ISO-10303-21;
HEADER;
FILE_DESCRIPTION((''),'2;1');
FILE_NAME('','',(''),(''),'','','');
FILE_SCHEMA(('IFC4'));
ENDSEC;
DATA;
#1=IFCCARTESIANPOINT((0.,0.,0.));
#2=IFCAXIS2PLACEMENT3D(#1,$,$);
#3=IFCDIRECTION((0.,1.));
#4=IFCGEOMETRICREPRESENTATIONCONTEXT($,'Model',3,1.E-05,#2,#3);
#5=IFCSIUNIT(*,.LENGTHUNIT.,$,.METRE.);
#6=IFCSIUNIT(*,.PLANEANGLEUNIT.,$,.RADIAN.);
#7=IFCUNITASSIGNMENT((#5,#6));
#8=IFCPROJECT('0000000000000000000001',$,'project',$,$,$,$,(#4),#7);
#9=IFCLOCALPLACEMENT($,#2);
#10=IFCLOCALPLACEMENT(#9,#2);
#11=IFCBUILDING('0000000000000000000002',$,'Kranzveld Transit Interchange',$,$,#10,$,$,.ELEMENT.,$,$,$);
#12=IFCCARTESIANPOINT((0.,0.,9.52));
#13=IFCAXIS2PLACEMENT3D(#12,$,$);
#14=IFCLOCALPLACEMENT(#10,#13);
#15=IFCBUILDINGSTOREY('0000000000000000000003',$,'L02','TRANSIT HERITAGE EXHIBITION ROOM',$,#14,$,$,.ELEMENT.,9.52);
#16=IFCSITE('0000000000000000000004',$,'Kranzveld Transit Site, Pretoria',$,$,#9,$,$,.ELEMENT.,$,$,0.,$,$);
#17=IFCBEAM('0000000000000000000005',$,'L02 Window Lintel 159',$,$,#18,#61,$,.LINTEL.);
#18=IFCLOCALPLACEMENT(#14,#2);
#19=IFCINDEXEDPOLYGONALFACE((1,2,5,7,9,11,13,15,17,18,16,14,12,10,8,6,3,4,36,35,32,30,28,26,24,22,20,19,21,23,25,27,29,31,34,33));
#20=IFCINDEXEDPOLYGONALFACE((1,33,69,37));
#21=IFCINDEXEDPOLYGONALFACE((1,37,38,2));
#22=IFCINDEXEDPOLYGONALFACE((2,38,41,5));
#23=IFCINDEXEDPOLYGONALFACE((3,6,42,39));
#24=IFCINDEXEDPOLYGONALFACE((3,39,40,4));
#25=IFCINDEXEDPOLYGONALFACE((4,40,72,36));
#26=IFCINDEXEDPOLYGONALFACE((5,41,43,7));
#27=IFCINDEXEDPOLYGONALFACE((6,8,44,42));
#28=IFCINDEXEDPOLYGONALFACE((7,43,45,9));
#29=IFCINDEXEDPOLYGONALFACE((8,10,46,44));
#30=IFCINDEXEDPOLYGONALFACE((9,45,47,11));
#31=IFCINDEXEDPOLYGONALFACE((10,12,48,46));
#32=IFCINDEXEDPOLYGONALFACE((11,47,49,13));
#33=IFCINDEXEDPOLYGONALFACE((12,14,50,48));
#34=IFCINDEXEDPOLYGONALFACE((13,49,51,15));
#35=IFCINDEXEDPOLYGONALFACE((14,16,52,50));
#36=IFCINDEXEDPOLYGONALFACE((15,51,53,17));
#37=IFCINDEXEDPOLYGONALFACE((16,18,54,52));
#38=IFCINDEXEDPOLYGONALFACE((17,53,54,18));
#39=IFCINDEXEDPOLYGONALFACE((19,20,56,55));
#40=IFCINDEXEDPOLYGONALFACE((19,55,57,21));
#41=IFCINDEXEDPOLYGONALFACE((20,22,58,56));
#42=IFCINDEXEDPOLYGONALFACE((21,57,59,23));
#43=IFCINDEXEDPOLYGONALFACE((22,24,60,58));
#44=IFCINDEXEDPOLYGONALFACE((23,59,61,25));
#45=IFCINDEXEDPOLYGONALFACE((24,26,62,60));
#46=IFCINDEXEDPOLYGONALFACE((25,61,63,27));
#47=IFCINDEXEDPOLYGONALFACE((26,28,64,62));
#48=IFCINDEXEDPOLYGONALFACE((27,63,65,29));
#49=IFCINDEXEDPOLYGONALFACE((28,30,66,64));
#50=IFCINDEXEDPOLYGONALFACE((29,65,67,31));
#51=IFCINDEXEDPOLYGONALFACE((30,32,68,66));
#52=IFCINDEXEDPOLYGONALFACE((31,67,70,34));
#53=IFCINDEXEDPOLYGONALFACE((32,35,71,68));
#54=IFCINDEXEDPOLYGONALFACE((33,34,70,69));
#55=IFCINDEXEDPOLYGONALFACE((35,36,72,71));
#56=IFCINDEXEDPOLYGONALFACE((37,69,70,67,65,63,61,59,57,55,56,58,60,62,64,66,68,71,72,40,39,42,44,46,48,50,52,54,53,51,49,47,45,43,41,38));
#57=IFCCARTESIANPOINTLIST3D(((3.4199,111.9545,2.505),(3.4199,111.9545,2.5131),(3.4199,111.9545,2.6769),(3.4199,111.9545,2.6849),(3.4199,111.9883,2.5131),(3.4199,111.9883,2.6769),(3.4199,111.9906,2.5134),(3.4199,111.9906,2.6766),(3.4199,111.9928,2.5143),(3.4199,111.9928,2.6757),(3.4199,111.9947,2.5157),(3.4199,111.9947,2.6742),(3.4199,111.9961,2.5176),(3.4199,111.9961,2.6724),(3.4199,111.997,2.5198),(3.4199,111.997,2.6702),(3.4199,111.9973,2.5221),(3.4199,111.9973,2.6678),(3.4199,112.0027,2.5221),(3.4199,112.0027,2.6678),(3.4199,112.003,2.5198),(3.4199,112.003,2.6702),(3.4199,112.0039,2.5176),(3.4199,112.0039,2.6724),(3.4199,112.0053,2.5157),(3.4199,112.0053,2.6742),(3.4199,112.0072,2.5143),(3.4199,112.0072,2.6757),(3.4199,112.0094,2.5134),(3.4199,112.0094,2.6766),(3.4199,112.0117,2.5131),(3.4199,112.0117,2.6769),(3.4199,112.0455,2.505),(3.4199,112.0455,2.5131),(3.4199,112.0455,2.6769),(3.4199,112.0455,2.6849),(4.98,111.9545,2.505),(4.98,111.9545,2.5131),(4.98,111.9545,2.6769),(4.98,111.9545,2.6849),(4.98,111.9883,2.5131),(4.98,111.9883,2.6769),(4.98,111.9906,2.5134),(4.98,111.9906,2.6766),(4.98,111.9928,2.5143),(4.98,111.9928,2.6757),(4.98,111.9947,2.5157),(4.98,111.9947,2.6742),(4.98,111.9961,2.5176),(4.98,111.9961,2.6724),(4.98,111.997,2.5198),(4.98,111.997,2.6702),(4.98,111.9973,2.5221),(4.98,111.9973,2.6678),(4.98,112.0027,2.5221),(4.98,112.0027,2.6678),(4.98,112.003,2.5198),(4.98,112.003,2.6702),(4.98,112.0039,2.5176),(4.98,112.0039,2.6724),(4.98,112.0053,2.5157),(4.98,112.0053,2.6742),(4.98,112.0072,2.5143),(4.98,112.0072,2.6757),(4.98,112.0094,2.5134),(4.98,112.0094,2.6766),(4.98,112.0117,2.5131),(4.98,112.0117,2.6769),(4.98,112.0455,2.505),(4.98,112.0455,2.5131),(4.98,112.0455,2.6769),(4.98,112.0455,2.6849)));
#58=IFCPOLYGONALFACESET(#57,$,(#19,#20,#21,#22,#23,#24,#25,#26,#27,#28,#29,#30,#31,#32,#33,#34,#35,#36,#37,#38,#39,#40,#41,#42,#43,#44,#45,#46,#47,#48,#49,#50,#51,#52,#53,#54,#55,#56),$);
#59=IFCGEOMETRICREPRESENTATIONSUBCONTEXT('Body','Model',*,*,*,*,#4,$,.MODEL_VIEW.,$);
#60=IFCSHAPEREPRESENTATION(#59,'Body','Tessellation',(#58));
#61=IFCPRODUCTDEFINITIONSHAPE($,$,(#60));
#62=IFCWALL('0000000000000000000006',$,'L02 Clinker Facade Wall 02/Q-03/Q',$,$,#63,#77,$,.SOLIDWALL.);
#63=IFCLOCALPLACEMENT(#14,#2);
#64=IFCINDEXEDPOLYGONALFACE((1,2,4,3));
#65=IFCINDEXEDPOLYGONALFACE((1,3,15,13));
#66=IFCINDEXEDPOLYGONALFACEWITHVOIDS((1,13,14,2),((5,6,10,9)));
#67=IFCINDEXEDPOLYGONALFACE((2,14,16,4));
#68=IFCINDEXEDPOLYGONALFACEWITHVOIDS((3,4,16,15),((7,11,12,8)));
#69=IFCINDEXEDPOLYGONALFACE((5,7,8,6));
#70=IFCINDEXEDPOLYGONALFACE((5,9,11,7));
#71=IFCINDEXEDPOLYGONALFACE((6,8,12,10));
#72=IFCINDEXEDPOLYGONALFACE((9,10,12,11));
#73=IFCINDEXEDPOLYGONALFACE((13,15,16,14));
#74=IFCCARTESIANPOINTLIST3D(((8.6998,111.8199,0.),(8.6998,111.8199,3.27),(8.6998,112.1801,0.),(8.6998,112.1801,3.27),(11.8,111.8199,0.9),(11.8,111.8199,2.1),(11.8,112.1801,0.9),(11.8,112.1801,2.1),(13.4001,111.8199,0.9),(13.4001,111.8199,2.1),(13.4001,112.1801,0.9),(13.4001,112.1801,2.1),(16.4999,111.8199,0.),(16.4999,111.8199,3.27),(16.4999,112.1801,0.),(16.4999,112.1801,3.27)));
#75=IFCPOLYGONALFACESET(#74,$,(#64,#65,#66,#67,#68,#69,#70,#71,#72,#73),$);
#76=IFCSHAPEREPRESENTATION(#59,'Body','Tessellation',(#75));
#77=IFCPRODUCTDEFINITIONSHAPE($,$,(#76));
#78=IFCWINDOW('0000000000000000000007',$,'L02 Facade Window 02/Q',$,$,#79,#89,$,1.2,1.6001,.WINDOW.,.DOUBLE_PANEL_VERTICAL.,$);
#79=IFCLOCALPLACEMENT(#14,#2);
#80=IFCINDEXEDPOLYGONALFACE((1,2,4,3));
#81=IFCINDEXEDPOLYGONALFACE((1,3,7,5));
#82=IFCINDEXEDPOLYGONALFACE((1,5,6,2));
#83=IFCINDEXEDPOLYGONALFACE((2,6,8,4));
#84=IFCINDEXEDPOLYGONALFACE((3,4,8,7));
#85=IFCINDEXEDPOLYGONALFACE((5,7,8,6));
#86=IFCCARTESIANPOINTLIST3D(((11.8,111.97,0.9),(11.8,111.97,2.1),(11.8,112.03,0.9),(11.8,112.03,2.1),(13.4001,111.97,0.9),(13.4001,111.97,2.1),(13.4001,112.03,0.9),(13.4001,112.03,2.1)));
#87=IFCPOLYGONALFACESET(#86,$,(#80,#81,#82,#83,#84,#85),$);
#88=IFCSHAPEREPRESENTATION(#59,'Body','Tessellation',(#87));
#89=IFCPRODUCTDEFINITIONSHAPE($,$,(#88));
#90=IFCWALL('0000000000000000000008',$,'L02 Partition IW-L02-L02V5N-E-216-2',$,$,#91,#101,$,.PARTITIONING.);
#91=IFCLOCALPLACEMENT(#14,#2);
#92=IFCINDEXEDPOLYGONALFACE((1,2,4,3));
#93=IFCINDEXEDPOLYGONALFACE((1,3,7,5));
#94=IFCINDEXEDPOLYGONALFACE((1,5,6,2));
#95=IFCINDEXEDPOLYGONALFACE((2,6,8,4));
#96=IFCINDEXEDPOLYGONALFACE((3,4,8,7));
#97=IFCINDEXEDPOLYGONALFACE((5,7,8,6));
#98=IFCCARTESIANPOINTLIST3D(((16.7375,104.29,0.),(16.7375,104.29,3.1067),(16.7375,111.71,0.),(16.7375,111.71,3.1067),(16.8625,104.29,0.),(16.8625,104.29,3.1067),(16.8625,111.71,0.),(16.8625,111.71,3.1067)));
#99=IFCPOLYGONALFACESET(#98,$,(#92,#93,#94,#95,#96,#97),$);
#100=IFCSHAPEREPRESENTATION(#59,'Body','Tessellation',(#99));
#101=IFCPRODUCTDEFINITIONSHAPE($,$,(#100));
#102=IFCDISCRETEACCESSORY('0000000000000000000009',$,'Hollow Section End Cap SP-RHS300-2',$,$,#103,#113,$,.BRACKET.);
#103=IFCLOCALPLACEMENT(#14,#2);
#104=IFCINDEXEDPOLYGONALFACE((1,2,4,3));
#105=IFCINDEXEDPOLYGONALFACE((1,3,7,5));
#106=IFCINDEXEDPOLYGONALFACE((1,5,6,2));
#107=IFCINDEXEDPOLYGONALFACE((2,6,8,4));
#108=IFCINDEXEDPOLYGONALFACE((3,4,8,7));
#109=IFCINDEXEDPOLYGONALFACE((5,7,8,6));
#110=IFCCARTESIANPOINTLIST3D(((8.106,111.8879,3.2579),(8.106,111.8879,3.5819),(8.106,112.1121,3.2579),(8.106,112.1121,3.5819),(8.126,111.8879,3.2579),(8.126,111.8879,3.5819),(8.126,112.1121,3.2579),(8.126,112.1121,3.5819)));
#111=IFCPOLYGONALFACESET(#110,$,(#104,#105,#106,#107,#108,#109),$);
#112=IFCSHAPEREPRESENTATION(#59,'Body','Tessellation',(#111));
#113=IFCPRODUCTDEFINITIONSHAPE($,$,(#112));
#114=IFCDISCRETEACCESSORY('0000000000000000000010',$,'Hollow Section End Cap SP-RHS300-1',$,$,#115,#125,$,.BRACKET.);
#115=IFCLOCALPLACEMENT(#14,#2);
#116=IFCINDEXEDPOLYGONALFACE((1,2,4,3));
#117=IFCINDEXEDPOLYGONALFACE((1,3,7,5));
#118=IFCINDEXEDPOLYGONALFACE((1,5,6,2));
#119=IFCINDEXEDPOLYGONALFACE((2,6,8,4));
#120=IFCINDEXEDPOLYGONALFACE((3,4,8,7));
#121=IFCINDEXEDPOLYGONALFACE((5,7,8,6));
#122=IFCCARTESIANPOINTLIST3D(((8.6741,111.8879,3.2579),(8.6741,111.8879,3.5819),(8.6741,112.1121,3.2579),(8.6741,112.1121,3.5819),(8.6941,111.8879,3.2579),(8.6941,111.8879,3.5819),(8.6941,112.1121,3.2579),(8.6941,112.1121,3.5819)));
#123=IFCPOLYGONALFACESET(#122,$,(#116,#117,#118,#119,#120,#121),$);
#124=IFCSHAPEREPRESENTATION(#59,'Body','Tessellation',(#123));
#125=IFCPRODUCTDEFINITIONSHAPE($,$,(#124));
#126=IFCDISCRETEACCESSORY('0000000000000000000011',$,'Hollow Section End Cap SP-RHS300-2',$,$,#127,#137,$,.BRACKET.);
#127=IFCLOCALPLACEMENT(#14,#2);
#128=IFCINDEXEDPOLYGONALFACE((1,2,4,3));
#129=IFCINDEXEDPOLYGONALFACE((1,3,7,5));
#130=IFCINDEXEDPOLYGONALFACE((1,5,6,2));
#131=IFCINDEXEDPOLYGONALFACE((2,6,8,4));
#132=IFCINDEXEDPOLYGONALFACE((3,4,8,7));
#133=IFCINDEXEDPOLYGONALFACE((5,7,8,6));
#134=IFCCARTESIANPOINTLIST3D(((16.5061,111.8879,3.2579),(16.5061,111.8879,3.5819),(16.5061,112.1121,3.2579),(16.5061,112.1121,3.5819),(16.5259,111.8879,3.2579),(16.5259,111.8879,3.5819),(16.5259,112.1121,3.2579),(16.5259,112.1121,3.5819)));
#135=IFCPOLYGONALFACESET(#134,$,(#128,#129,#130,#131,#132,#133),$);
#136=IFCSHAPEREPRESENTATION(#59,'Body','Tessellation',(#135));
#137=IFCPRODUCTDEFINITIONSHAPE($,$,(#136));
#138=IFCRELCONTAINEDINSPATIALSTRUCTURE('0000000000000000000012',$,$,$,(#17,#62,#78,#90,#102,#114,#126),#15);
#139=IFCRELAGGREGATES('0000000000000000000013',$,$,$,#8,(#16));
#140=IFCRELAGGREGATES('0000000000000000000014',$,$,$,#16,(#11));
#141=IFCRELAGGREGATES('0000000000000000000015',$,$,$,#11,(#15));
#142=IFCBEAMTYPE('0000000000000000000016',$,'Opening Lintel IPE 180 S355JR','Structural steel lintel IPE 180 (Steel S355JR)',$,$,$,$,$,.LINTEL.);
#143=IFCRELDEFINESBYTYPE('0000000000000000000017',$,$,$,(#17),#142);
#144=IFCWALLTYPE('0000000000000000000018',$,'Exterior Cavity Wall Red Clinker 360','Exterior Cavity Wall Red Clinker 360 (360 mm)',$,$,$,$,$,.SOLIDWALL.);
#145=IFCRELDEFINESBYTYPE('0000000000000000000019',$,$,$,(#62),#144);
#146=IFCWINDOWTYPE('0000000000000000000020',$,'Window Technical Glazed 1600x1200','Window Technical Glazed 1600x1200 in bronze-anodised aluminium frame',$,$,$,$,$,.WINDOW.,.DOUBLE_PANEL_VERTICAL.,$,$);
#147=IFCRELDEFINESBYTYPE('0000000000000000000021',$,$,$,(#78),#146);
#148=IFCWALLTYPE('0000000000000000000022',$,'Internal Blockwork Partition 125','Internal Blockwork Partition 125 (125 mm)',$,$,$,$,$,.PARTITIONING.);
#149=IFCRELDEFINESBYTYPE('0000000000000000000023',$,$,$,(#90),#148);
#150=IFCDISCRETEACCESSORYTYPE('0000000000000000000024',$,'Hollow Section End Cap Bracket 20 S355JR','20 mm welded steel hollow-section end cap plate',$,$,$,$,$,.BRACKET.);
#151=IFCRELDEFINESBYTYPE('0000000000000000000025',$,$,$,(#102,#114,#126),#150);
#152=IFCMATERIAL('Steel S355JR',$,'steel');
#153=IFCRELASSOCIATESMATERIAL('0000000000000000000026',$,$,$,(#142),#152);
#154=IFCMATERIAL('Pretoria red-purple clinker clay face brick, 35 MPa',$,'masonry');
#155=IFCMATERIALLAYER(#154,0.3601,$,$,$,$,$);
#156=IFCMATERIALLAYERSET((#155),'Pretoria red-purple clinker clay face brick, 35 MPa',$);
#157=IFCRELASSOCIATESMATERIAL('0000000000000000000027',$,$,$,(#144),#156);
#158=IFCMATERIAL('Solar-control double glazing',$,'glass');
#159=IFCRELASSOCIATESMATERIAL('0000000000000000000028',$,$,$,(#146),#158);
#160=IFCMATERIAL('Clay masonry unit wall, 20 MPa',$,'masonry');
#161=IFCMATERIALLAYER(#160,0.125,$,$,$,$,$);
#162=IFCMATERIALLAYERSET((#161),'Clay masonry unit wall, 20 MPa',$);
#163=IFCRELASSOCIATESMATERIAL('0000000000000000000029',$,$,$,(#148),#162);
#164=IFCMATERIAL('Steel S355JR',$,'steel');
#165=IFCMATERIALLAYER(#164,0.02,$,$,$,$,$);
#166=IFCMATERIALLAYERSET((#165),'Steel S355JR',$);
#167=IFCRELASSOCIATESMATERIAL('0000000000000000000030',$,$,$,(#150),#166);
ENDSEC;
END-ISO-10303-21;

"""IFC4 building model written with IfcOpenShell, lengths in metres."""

from ifc_helpers import new_model, si_unit, direction, frame, frame_2d, origin, origin_2d, place, context, subcontext, project, spatial, rectangle, i_section, extrude, material, layer, layer_set, material_profile, profile_set, type_object, element, fill, save


model = new_model("IFC4")

# Units and contexts
model_context = context("Model", 3, precision=1e-05, world=origin(), true_north=direction((0.0, 1.0)))
body_context = subcontext(model_context, "Body", "Model", "MODEL_VIEW")
ifc_project = project(units=[si_unit("LENGTHUNIT", "METRE"), si_unit("PLANEANGLEUNIT", "RADIAN")], contexts=[model_context])

# Site, building, storey
site_placement = place(None, origin())
site = spatial("IfcSite", under=ifc_project, at=site_placement, Name="Kranzveld Transit Site, Pretoria", CompositionType="ELEMENT", RefElevation=0.0)
building_placement = place(site_placement, origin())
building = spatial("IfcBuilding", under=site, at=building_placement, Name="Kranzveld Transit Interchange", CompositionType="ELEMENT")
storey_placement = place(building_placement, frame((0.0, 0.0, 9.52)))
storey = spatial("IfcBuildingStorey", under=building, at=storey_placement, Name="L02", Description="TRANSIT HERITAGE EXHIBITION ROOM", CompositionType="ELEMENT", Elevation=9.52)

# Beam
ifc_material_1 = material(Name="Steel S355JR", Category="steel")
ifc_material_profile_1 = material_profile(ifc_material_1, i_section(OverallWidth=0.0911, OverallDepth=0.1799, WebThickness=0.0054, FlangeThickness=0.0081, FilletRadius=0.009, at=origin_2d()), Name="IPE 180")
ifc_profile_set_1 = profile_set([ifc_material_profile_1], Name="Steel S355JR")
beam_type_1 = type_object("IfcBeamType", Name="Opening Lintel IPE 180 S355JR", Description="Structural steel lintel IPE 180 (Steel S355JR)", PredefinedType="LINTEL", material=ifc_profile_set_1)
beam_1_placement = place(storey_placement, frame((3.4199, 112.0, 2.595), z_axis=(1.0, 0.0, 0.0), x_axis=(0.0, 1.0, 0.0)))
element("IfcBeam", 1, at=beam_1_placement, inside=storey, type_object=beam_type_1, Name="L02 Window Lintel 159", PredefinedType="LINTEL", context=body_context, shape_type="SweptSolid", body=[
    extrude(i_section(OverallWidth=0.0911, OverallDepth=0.1799, WebThickness=0.0054, FlangeThickness=0.0081, FilletRadius=0.009, at=origin_2d()), origin(), (0.0, 0.0, 1.0), 1.5601),
])

# Wall, opening, window
ifc_material_2 = material(Name="Pretoria red-purple clinker clay face brick, 35 MPa", Category="masonry")
ifc_layer_1 = layer(ifc_material_2, 0.3601)
ifc_layer_set_1 = layer_set([ifc_layer_1], Name="Pretoria red-purple clinker clay face brick, 35 MPa")
wall_type_1 = type_object("IfcWallType", Name="Exterior Cavity Wall Red Clinker 360", Description="Exterior Cavity Wall Red Clinker 360 (360 mm)", PredefinedType="SOLIDWALL", material=ifc_layer_set_1)
wall_1_placement = place(storey_placement, frame((8.7, 112.0, 0.0), z_axis=(0.0, 0.0, 1.0), x_axis=(1.0, 0.0, 0.0)))
wall_1 = element("IfcWall", 2, at=wall_1_placement, inside=storey, type_object=wall_type_1, Name="L02 Clinker Facade Wall 02/Q-03/Q", PredefinedType="SOLIDWALL", context=body_context, shape_type="SweptSolid", body=[
    extrude(rectangle(XDim=7.8, YDim=0.3601, at=frame_2d((3.8999, 0.0))), origin(), (0.0, 0.0, 1.0), 3.27),
])
opening_placement = place(wall_1_placement, frame((3.1001, 0.0, 0.8999), z_axis=(0.0, 0.0, 1.0), x_axis=(1.0, 0.0, 0.0)))
opening = element("IfcOpeningElement", 3, at=opening_placement, cuts=wall_1, PredefinedType="OPENING", context=body_context, shape_type="SweptSolid", body=[
    extrude(rectangle(XDim=1.6001, YDim=1.2, at=frame_2d((0.8, 0.6001))), frame((0.0, 0.1899, 0.0), z_axis=(0.0, -1.0, 0.0), x_axis=(1.0, 0.0, 0.0)), (0.0, 0.0, 1.0), 0.3801),
])
ifc_material_3 = material(Name="Solar-control double glazing", Category="glass")
window_type = type_object("IfcWindowType", Name="Window Technical Glazed 1600x1200", Description="Window Technical Glazed 1600x1200 in bronze-anodised aluminium frame", PartitioningType="DOUBLE_PANEL_VERTICAL", PredefinedType="WINDOW", material=ifc_material_3)
window_placement = place(opening_placement, origin())
window = element("IfcWindow", 4, at=window_placement, inside=storey, type_object=window_type, Name="L02 Facade Window 02/Q", OverallHeight=1.2, OverallWidth=1.6001, PartitioningType="DOUBLE_PANEL_VERTICAL", PredefinedType="WINDOW", context=body_context, shape_type="SweptSolid", body=[
    extrude(rectangle(XDim=1.6001, YDim=1.2, at=frame_2d((0.8, 0.6001))), frame((0.0, 0.03, 0.0), z_axis=(0.0, -1.0, 0.0), x_axis=(1.0, 0.0, 0.0)), (0.0, 0.0, 1.0), 0.0601),
])
fill(opening, window)

# Wall
ifc_material_4 = material(Name="Clay masonry unit wall, 20 MPa", Category="masonry")
ifc_layer_2 = layer(ifc_material_4, 0.125)
ifc_layer_set_2 = layer_set([ifc_layer_2], Name="Clay masonry unit wall, 20 MPa")
wall_type_2 = type_object("IfcWallType", Name="Internal Blockwork Partition 125", Description="Internal Blockwork Partition 125 (125 mm)", PredefinedType="PARTITIONING", material=ifc_layer_set_2)
wall_2_placement = place(storey_placement, frame((16.8, 104.29, 0.0), z_axis=(0.0, 0.0, 1.0), x_axis=(0.0, 1.0, 0.0)))
element("IfcWall", 5, at=wall_2_placement, inside=storey, type_object=wall_type_2, Name="L02 Partition IW-L02-L02V5N-E-216-2", PredefinedType="PARTITIONING", context=body_context, shape_type="SweptSolid", body=[
    extrude(rectangle(XDim=7.4199, YDim=0.125, at=frame_2d((3.71, 0.0))), origin(), (0.0, 0.0, 1.0), 3.1067),
])

# Discrete accessories
ifc_material_5 = material(Name="Steel S355JR", Category="steel")
ifc_layer_3 = layer(ifc_material_5, 0.02)
ifc_layer_set_3 = layer_set([ifc_layer_3], Name="Steel S355JR")
discrete_accessory_type = type_object("IfcDiscreteAccessoryType", Name="Hollow Section End Cap Bracket 20 S355JR", Description="20 mm welded steel hollow-section end cap plate", PredefinedType="BRACKET", material=ifc_layer_set_3)
for number, where, z_axis, x_axis, name in (
    (6, (8.106, 112.0, 3.4199), (1.0, 0.0, 0.0), (0.0, 1.0, 0.0), "Hollow Section End Cap SP-RHS300-2"),
    (7, (8.6941, 112.0, 3.4199), (-1.0, 0.0, 0.0), (0.0, -1.0, 0.0), "Hollow Section End Cap SP-RHS300-1"),
):
    element("IfcDiscreteAccessory", number, at=place(storey_placement, frame(where, z_axis=z_axis, x_axis=x_axis)), inside=storey, type_object=discrete_accessory_type, Name=name, PredefinedType="BRACKET", context=body_context, shape_type="SweptSolid", body=[
        extrude(rectangle(XDim=0.2241, YDim=0.324, at=origin_2d()), origin(), (0.0, 0.0, 1.0), 0.02),
    ])
discrete_accessory_placement = place(storey_placement, frame((16.5061, 112.0, 3.4199), z_axis=(1.0, 0.0, 0.0), x_axis=(0.0, 1.0, 0.0)))
element("IfcDiscreteAccessory", 8, at=discrete_accessory_placement, inside=storey, type_object=discrete_accessory_type, Name="Hollow Section End Cap SP-RHS300-2", PredefinedType="BRACKET", context=body_context, shape_type="SweptSolid", body=[
    extrude(rectangle(XDim=0.2241, YDim=0.324, at=origin_2d()), origin(), (0.0, 0.0, 1.0), 0.0198),
])

save(model, "model.ifc")
